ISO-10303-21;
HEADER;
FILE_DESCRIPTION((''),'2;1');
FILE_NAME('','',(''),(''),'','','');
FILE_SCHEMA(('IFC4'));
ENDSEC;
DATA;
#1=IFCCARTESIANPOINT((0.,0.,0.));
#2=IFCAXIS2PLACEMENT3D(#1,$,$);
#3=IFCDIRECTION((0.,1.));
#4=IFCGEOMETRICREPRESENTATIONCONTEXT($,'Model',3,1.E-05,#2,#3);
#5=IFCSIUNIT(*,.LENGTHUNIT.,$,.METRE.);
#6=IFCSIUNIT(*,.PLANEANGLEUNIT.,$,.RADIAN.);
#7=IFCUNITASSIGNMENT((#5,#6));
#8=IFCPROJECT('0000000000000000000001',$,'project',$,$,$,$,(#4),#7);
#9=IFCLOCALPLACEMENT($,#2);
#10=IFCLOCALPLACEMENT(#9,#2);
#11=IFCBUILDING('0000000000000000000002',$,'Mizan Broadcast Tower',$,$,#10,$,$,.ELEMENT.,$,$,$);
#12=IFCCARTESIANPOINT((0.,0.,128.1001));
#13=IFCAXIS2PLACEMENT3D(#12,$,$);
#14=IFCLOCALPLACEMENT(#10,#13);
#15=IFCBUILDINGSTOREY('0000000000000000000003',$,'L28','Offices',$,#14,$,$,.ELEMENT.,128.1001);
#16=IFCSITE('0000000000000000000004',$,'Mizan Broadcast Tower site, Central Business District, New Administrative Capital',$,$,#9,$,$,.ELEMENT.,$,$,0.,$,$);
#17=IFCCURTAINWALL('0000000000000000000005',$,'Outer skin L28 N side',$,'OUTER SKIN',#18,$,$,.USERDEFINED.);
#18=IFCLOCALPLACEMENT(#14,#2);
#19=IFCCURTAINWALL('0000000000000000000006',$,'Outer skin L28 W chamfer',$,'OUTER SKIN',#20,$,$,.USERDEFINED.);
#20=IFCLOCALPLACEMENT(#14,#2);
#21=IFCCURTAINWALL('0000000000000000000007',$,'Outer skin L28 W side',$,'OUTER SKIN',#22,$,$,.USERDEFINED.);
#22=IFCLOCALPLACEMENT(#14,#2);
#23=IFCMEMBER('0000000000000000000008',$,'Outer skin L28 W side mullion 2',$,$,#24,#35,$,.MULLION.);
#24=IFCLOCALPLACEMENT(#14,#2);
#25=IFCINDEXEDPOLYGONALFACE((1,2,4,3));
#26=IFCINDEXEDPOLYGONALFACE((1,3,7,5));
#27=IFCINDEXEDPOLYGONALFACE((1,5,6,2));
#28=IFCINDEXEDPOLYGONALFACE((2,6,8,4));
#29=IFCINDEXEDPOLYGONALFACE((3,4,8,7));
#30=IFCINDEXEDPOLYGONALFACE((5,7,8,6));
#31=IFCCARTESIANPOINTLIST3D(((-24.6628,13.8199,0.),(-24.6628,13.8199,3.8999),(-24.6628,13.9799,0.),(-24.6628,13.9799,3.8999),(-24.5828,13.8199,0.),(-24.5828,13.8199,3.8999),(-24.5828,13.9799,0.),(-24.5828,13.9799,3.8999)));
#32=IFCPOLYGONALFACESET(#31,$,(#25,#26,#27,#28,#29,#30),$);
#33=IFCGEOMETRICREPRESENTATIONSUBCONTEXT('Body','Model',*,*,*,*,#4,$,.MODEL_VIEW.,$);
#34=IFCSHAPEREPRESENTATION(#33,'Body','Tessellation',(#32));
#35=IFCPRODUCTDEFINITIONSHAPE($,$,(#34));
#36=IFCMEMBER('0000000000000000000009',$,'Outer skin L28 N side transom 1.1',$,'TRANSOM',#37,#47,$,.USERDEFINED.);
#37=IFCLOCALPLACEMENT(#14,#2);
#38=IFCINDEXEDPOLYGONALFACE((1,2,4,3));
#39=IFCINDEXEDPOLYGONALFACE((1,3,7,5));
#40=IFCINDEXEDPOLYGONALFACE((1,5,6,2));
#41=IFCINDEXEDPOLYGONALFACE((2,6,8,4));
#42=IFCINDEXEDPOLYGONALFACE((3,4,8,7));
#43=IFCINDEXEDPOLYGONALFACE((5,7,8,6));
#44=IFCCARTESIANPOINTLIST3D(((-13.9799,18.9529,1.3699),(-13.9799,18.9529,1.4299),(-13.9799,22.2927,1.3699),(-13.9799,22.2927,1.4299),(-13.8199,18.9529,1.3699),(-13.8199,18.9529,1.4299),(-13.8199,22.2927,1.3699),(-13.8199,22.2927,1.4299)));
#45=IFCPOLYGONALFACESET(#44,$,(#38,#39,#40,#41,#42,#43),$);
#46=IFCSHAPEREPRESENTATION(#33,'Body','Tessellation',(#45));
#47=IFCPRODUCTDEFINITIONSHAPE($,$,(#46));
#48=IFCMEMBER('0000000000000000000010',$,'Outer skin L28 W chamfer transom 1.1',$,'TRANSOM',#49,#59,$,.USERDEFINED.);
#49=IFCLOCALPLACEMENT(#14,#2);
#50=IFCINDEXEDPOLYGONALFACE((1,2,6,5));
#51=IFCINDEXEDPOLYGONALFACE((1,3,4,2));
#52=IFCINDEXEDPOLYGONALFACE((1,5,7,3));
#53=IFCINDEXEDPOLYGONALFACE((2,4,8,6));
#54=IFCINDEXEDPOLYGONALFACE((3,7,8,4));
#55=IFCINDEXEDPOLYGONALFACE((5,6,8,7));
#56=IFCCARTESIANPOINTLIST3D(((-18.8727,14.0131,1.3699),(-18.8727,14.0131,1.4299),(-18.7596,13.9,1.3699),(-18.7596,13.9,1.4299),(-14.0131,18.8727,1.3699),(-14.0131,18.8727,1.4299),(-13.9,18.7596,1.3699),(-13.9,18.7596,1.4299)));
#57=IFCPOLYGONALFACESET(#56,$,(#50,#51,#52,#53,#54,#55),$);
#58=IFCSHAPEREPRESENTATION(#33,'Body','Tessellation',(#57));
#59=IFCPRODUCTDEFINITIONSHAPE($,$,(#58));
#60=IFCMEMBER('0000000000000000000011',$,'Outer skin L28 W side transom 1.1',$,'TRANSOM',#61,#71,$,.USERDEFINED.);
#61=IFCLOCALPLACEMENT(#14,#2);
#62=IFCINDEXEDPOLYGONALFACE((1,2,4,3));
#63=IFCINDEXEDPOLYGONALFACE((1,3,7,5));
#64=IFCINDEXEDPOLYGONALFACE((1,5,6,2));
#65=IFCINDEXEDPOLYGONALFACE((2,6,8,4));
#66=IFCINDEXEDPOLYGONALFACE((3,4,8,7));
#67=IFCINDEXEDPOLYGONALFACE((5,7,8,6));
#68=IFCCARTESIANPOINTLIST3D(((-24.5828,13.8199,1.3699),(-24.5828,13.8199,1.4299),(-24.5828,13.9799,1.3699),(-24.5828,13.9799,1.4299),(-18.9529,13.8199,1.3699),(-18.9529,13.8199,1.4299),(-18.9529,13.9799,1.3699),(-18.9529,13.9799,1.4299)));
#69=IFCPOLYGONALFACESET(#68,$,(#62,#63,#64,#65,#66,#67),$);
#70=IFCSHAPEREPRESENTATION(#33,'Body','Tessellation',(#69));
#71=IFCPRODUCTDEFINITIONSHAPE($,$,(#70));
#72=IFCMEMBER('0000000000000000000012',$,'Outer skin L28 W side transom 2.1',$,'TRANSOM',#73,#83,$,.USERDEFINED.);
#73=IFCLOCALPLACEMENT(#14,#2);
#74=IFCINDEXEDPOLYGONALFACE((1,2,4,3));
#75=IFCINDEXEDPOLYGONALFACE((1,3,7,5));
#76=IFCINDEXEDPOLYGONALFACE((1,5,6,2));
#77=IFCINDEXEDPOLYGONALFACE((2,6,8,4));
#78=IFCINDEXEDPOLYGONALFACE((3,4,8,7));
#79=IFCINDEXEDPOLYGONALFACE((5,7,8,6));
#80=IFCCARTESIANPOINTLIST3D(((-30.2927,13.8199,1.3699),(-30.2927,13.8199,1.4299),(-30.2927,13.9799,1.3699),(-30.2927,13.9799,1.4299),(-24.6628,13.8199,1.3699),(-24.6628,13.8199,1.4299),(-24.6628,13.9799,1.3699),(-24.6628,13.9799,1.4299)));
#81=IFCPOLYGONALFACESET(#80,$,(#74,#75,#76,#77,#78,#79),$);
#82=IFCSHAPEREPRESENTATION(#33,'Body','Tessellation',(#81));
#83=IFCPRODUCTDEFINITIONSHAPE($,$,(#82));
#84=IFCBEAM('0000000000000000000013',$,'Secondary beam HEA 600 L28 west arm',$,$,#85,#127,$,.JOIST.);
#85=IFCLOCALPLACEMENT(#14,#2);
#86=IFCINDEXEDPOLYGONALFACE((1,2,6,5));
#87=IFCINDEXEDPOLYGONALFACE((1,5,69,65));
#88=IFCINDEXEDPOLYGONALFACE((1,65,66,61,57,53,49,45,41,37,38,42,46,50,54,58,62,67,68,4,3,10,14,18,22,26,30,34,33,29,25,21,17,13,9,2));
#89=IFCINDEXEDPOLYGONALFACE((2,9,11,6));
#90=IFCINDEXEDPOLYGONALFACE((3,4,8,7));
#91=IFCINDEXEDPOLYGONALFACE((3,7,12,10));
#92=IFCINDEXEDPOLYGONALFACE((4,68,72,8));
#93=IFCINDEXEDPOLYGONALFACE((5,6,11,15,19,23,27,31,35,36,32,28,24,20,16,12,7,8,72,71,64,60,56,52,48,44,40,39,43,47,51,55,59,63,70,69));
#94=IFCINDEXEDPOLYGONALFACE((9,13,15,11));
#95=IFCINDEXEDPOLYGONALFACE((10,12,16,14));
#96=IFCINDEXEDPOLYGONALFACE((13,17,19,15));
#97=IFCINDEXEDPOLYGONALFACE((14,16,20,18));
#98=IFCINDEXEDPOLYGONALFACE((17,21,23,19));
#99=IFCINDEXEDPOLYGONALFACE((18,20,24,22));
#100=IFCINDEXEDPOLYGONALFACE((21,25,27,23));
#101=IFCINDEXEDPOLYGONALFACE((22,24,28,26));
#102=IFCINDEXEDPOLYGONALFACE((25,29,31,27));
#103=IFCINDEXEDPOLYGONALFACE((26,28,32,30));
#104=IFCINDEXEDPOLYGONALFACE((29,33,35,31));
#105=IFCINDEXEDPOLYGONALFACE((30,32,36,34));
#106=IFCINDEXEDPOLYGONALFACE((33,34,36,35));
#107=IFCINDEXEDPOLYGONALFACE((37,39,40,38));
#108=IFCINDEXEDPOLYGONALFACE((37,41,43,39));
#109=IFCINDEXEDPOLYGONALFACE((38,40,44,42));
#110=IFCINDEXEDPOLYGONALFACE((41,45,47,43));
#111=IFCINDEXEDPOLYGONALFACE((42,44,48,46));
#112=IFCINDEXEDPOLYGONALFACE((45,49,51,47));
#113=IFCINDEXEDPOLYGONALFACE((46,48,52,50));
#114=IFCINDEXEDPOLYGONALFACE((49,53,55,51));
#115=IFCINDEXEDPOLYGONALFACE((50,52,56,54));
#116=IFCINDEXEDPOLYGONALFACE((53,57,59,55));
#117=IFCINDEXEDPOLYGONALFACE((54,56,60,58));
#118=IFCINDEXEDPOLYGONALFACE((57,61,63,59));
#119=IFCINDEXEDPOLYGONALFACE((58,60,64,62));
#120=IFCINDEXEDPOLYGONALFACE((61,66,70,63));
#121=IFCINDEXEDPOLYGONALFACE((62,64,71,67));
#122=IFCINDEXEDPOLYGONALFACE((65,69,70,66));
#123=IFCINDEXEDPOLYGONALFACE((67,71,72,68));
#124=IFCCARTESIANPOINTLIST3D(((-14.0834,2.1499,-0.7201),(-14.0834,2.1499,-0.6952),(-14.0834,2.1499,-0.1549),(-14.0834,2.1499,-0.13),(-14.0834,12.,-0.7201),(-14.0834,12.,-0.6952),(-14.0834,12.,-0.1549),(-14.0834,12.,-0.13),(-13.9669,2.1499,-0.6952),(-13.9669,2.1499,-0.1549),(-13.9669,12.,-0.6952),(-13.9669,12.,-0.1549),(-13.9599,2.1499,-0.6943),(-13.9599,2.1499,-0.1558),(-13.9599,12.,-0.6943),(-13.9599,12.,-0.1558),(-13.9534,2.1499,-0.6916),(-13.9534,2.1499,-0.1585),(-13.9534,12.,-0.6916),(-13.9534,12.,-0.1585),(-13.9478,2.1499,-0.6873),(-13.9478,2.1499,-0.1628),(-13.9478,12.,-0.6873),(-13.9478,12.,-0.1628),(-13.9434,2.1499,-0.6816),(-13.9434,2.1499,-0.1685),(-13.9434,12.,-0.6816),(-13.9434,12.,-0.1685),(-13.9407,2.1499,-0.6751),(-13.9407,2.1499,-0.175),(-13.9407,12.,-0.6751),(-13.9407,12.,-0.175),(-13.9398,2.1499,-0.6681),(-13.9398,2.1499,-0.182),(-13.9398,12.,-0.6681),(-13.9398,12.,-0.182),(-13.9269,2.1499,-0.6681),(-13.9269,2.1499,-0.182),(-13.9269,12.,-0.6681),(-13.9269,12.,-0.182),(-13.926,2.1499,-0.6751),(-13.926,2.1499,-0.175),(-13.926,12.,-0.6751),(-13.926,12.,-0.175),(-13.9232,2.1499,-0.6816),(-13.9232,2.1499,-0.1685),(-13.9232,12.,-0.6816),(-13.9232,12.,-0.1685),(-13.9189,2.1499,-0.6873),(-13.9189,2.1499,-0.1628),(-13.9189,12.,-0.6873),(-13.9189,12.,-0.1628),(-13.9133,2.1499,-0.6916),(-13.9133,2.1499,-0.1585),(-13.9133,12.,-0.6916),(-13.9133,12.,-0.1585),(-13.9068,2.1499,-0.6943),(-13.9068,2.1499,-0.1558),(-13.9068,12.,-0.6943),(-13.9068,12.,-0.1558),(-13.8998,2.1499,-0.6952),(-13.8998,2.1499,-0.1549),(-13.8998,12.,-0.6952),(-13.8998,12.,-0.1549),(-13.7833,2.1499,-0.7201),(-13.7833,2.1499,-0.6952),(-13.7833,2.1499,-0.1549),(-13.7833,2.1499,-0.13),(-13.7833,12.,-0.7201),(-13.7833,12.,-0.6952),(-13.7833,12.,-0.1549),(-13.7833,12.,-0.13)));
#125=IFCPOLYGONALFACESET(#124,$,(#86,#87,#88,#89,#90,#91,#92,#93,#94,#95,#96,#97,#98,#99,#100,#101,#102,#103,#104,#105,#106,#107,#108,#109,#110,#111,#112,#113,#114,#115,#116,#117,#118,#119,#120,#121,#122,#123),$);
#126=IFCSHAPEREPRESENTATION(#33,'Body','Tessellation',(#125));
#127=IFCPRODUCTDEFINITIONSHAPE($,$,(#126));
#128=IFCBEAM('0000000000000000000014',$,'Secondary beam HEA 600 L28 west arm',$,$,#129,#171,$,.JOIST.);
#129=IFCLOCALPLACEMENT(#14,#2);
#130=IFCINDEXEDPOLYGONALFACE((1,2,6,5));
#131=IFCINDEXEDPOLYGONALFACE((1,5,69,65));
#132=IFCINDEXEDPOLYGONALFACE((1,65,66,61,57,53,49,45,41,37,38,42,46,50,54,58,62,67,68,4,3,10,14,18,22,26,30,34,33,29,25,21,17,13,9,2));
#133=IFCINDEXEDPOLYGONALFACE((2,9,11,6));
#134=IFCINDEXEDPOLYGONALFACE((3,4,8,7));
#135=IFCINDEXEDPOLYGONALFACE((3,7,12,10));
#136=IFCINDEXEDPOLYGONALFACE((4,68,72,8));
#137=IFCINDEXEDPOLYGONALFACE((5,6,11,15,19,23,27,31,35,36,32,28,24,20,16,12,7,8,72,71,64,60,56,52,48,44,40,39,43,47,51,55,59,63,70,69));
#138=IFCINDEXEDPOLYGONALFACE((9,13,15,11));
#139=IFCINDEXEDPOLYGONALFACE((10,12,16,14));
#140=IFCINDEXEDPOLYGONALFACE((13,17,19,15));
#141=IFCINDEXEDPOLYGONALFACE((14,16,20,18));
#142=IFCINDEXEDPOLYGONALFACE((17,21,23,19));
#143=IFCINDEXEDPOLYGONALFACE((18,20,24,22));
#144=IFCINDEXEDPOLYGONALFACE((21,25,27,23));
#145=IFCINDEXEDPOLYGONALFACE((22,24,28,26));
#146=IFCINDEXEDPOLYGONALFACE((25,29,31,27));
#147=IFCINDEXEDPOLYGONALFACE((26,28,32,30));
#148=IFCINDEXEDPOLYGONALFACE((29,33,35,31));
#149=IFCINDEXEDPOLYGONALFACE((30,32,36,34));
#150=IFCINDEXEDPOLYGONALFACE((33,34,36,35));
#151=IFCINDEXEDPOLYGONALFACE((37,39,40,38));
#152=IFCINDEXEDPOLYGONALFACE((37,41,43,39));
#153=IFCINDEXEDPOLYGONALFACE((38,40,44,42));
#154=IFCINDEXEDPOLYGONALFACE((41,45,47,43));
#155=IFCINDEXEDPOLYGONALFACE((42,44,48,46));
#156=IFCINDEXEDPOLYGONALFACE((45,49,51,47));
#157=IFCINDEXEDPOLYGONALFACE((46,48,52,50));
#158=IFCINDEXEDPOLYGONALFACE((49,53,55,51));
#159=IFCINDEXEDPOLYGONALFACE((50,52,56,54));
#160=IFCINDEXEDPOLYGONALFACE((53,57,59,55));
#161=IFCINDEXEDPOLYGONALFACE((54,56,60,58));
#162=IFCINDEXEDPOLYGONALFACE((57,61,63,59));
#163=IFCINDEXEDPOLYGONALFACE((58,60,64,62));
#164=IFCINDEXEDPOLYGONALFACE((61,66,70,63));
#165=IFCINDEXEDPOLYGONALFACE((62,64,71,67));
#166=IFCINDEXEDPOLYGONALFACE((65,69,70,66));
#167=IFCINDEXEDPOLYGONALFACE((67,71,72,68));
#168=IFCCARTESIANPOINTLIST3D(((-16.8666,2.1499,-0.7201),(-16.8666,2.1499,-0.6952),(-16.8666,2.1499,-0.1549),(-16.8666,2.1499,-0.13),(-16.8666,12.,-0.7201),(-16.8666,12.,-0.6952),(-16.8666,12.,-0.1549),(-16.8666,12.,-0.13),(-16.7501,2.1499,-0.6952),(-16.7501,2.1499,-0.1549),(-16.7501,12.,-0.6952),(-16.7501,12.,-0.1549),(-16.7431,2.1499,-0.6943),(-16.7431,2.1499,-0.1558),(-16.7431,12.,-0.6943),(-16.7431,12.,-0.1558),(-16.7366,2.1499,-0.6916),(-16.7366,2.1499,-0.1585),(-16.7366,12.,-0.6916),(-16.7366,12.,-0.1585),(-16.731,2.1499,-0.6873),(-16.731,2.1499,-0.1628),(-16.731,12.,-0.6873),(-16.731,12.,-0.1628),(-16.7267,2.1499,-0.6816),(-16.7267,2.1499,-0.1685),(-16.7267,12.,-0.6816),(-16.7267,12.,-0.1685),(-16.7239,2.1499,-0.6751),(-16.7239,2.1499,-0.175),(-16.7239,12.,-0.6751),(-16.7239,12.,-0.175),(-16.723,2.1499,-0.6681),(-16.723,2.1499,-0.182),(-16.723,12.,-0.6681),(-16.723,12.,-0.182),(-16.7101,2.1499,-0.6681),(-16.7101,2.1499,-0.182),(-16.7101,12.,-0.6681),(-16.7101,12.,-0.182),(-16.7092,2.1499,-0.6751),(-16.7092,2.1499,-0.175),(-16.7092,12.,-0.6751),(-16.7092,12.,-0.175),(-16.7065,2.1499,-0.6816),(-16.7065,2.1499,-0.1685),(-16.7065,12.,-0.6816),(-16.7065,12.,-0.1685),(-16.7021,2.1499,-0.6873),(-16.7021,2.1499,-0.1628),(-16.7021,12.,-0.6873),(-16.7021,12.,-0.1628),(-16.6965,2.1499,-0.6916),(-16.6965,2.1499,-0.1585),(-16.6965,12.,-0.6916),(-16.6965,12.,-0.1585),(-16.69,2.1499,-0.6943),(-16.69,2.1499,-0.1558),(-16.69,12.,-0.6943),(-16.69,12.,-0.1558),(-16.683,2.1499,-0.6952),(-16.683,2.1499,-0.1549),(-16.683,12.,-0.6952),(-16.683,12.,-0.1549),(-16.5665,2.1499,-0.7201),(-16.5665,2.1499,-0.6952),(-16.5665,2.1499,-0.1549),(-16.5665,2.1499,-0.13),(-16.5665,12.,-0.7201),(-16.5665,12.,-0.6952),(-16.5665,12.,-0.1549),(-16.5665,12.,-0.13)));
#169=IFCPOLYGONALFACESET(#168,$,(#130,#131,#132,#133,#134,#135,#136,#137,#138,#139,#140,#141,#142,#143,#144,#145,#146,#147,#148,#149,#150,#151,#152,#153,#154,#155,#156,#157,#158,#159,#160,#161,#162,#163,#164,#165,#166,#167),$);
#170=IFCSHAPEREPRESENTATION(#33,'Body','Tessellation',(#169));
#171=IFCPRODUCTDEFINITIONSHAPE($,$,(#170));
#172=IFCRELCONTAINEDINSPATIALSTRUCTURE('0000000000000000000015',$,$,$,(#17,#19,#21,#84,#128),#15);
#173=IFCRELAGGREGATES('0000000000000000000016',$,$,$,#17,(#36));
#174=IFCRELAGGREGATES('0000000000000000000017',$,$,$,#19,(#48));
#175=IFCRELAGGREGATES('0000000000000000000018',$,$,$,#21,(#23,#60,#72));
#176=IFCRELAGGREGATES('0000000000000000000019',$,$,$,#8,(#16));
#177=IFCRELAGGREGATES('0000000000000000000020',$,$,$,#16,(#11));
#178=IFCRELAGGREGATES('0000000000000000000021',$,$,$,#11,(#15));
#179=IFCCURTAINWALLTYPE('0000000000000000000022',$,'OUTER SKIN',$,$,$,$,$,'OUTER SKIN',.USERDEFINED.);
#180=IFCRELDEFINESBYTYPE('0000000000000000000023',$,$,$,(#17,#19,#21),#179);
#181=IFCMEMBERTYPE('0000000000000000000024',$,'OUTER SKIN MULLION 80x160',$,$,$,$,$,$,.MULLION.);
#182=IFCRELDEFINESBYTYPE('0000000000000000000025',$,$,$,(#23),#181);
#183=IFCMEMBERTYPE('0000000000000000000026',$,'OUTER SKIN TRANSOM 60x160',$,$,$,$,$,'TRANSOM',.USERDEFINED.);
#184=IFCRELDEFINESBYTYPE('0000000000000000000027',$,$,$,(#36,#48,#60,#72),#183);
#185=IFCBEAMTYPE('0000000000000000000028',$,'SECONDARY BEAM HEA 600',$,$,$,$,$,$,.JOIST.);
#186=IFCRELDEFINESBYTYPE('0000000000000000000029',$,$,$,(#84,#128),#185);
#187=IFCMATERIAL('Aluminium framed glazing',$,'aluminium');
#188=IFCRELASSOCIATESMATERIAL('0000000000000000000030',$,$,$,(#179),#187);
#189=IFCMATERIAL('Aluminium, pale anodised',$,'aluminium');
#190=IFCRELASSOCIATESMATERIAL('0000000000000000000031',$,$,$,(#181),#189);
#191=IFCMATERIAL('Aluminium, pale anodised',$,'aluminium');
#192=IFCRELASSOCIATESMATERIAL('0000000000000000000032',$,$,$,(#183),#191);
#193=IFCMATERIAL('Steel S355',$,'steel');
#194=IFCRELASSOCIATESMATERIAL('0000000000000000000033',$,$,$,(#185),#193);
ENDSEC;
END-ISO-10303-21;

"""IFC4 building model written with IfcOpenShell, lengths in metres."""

from ifc_helpers import new_model, si_unit, direction, frame, origin, origin_2d, place, context, subcontext, project, spatial, rectangle, i_section, extrude, material, material_profile, profile_set, type_object, element, aggregate, save


model = new_model("IFC4")

# Units and contexts
model_context = context("Model", 3, precision=1e-05, world=origin(), true_north=direction((0.0, 1.0)))
body_context = subcontext(model_context, "Body", "Model", "MODEL_VIEW")
ifc_project = project(units=[si_unit("LENGTHUNIT", "METRE"), si_unit("PLANEANGLEUNIT", "RADIAN")], contexts=[model_context])

# Site, building, storey
site_placement = place(None, origin())
site = spatial("IfcSite", under=ifc_project, at=site_placement, Name="Mizan Broadcast Tower site, Central Business District, New Administrative Capital", CompositionType="ELEMENT", RefElevation=0.0)
building_placement = place(site_placement, origin())
building = spatial("IfcBuilding", under=site, at=building_placement, Name="Mizan Broadcast Tower", CompositionType="ELEMENT")
storey_placement = place(building_placement, frame((0.0, 0.0, 128.1001)))
storey = spatial("IfcBuildingStorey", under=building, at=storey_placement, Name="L28", Description="Offices", CompositionType="ELEMENT", Elevation=128.1001)

# Curtain walls, member
ifc_material_1 = material(Name="Aluminium framed glazing", Category="aluminium")
curtain_wall_type_1 = type_object("IfcCurtainWallType", Name="OUTER SKIN", ElementType="OUTER SKIN", PredefinedType="USERDEFINED", material=ifc_material_1)
ifc_material_2 = material(Name="Aluminium, pale anodised", Category="aluminium")
ifc_material_profile_1 = material_profile(ifc_material_2, rectangle(XDim=0.1599, YDim=0.0801, at=origin_2d()), Name="MULLION 160x80")
ifc_profile_set_1 = profile_set([ifc_material_profile_1], Name="Aluminium, pale anodised")
member_type_1 = type_object("IfcMemberType", Name="OUTER SKIN MULLION 80x160", PredefinedType="MULLION", material=ifc_profile_set_1)
curtain_wall_1_placement = place(storey_placement, origin())
curtain_wall_1 = element("IfcCurtainWall", 1, at=curtain_wall_1_placement, inside=storey, type_object=curtain_wall_type_1, Name="Outer skin L28 N side", ObjectType="OUTER SKIN", PredefinedType="USERDEFINED")
curtain_wall_2_placement = place(storey_placement, origin())
curtain_wall_2 = element("IfcCurtainWall", 2, at=curtain_wall_2_placement, inside=storey, type_object=curtain_wall_type_1, Name="Outer skin L28 W chamfer", ObjectType="OUTER SKIN", PredefinedType="USERDEFINED")
curtain_wall_3_placement = place(storey_placement, origin())
curtain_wall_3 = element("IfcCurtainWall", 3, at=curtain_wall_3_placement, inside=storey, type_object=curtain_wall_type_1, Name="Outer skin L28 W side", ObjectType="OUTER SKIN", PredefinedType="USERDEFINED")
member_1_placement = place(storey_placement, frame((-24.6228, 13.8999, 0.0), z_axis=(0.0, 0.0, 1.0), x_axis=(0.0, -1.0, 0.0)))
member_1 = element("IfcMember", 4, at=member_1_placement, type_object=member_type_1, Name="Outer skin L28 W side mullion 2", PredefinedType="MULLION", context=body_context, shape_type="SweptSolid", body=[
    extrude(rectangle(XDim=0.1599, YDim=0.0801, at=origin_2d()), origin(), (0.0, 0.0, 1.0), 3.8999),
])

# Members
ifc_material_3 = material(Name="Aluminium, pale anodised", Category="aluminium")
ifc_material_profile_2 = material_profile(ifc_material_3, rectangle(XDim=0.1599, YDim=0.0601, at=origin_2d()), Name="TRANSOM 160x60")
ifc_profile_set_2 = profile_set([ifc_material_profile_2], Name="Aluminium, pale anodised")
member_type_2 = type_object("IfcMemberType", Name="OUTER SKIN TRANSOM 60x160", ElementType="TRANSOM", PredefinedType="USERDEFINED", material=ifc_profile_set_2)
member_2_placement = place(storey_placement, frame((-13.8999, 22.2927, 1.3999), z_axis=(0.0, -1.0, 0.0), x_axis=(1.0, 0.0, 0.0)))
member_2 = element("IfcMember", 5, at=member_2_placement, type_object=member_type_2, Name="Outer skin L28 N side transom 1.1", ObjectType="TRANSOM", PredefinedType="USERDEFINED", context=body_context, shape_type="SweptSolid", body=[
    extrude(rectangle(XDim=0.1599, YDim=0.0601, at=origin_2d()), origin(), (0.0, 0.0, 1.0), 3.3398),
])
member_3_placement = place(storey_placement, frame((-13.9565, 18.8162, 1.3999), z_axis=(-0.707107, -0.707107, 0.0), x_axis=(0.707107, -0.707107, 0.0)))
member_3 = element("IfcMember", 6, at=member_3_placement, type_object=member_type_2, Name="Outer skin L28 W chamfer transom 1.1", ObjectType="TRANSOM", PredefinedType="USERDEFINED", context=body_context, shape_type="SweptSolid", body=[
    extrude(rectangle(XDim=0.1599, YDim=0.0601, at=origin_2d()), origin(), (0.0, 0.0, 1.0), 6.8726),
])
member_4_placement = place(storey_placement, frame((-18.9529, 13.8999, 1.3999), z_axis=(-1.0, 0.0, 0.0), x_axis=(0.0, -1.0, 0.0)))
member_4 = element("IfcMember", 7, at=member_4_placement, type_object=member_type_2, Name="Outer skin L28 W side transom 1.1", ObjectType="TRANSOM", PredefinedType="USERDEFINED", context=body_context, shape_type="SweptSolid", body=[
    extrude(rectangle(XDim=0.1599, YDim=0.0601, at=origin_2d()), origin(), (0.0, 0.0, 1.0), 5.6299),
])
member_5_placement = place(storey_placement, frame((-24.6628, 13.8999, 1.3999), z_axis=(-1.0, 0.0, 0.0), x_axis=(0.0, -1.0, 0.0)))
member_5 = element("IfcMember", 8, at=member_5_placement, type_object=member_type_2, Name="Outer skin L28 W side transom 2.1", ObjectType="TRANSOM", PredefinedType="USERDEFINED", context=body_context, shape_type="SweptSolid", body=[
    extrude(rectangle(XDim=0.1599, YDim=0.0601, at=origin_2d()), origin(), (0.0, 0.0, 1.0), 5.6299),
])

# Beams
ifc_material_4 = material(Name="Steel S355", Category="steel")
ifc_material_profile_3 = material_profile(ifc_material_4, i_section(OverallWidth=0.3, OverallDepth=0.5901, WebThickness=0.0129, FlangeThickness=0.0249, FilletRadius=0.0271, at=origin_2d()), Name="HEA 600")
ifc_profile_set_3 = profile_set([ifc_material_profile_3], Name="Steel S355")
beam_type_1 = type_object("IfcBeamType", Name="SECONDARY BEAM HEA 600", PredefinedType="JOIST", material=ifc_profile_set_3)
for number, where, z_axis, x_axis, name in (
    (9, (-13.9333, 12.0, -0.425), (0.0, -1.0, 0.0), (1.0, 0.0, 0.0), "Secondary beam HEA 600 L28 west arm"),
    (10, (-16.7166, 12.0, -0.425), (0.0, -1.0, 0.0), (1.0, 0.0, 0.0), "Secondary beam HEA 600 L28 west arm"),
):
    element("IfcBeam", number, at=place(storey_placement, frame(where, z_axis=z_axis, x_axis=x_axis)), inside=storey, type_object=beam_type_1, Name=name, PredefinedType="JOIST", context=body_context, shape_type="SweptSolid", body=[
        extrude(i_section(OverallWidth=0.3, OverallDepth=0.5901, WebThickness=0.0129, FlangeThickness=0.0249, FilletRadius=0.0271, at=origin_2d()), origin(), (0.0, 0.0, 1.0), 9.8501),
    ])

aggregate(curtain_wall_1, [member_2])
aggregate(curtain_wall_2, [member_3])
aggregate(curtain_wall_3, [member_1, member_4, member_5])

save(model, "model.ifc")
